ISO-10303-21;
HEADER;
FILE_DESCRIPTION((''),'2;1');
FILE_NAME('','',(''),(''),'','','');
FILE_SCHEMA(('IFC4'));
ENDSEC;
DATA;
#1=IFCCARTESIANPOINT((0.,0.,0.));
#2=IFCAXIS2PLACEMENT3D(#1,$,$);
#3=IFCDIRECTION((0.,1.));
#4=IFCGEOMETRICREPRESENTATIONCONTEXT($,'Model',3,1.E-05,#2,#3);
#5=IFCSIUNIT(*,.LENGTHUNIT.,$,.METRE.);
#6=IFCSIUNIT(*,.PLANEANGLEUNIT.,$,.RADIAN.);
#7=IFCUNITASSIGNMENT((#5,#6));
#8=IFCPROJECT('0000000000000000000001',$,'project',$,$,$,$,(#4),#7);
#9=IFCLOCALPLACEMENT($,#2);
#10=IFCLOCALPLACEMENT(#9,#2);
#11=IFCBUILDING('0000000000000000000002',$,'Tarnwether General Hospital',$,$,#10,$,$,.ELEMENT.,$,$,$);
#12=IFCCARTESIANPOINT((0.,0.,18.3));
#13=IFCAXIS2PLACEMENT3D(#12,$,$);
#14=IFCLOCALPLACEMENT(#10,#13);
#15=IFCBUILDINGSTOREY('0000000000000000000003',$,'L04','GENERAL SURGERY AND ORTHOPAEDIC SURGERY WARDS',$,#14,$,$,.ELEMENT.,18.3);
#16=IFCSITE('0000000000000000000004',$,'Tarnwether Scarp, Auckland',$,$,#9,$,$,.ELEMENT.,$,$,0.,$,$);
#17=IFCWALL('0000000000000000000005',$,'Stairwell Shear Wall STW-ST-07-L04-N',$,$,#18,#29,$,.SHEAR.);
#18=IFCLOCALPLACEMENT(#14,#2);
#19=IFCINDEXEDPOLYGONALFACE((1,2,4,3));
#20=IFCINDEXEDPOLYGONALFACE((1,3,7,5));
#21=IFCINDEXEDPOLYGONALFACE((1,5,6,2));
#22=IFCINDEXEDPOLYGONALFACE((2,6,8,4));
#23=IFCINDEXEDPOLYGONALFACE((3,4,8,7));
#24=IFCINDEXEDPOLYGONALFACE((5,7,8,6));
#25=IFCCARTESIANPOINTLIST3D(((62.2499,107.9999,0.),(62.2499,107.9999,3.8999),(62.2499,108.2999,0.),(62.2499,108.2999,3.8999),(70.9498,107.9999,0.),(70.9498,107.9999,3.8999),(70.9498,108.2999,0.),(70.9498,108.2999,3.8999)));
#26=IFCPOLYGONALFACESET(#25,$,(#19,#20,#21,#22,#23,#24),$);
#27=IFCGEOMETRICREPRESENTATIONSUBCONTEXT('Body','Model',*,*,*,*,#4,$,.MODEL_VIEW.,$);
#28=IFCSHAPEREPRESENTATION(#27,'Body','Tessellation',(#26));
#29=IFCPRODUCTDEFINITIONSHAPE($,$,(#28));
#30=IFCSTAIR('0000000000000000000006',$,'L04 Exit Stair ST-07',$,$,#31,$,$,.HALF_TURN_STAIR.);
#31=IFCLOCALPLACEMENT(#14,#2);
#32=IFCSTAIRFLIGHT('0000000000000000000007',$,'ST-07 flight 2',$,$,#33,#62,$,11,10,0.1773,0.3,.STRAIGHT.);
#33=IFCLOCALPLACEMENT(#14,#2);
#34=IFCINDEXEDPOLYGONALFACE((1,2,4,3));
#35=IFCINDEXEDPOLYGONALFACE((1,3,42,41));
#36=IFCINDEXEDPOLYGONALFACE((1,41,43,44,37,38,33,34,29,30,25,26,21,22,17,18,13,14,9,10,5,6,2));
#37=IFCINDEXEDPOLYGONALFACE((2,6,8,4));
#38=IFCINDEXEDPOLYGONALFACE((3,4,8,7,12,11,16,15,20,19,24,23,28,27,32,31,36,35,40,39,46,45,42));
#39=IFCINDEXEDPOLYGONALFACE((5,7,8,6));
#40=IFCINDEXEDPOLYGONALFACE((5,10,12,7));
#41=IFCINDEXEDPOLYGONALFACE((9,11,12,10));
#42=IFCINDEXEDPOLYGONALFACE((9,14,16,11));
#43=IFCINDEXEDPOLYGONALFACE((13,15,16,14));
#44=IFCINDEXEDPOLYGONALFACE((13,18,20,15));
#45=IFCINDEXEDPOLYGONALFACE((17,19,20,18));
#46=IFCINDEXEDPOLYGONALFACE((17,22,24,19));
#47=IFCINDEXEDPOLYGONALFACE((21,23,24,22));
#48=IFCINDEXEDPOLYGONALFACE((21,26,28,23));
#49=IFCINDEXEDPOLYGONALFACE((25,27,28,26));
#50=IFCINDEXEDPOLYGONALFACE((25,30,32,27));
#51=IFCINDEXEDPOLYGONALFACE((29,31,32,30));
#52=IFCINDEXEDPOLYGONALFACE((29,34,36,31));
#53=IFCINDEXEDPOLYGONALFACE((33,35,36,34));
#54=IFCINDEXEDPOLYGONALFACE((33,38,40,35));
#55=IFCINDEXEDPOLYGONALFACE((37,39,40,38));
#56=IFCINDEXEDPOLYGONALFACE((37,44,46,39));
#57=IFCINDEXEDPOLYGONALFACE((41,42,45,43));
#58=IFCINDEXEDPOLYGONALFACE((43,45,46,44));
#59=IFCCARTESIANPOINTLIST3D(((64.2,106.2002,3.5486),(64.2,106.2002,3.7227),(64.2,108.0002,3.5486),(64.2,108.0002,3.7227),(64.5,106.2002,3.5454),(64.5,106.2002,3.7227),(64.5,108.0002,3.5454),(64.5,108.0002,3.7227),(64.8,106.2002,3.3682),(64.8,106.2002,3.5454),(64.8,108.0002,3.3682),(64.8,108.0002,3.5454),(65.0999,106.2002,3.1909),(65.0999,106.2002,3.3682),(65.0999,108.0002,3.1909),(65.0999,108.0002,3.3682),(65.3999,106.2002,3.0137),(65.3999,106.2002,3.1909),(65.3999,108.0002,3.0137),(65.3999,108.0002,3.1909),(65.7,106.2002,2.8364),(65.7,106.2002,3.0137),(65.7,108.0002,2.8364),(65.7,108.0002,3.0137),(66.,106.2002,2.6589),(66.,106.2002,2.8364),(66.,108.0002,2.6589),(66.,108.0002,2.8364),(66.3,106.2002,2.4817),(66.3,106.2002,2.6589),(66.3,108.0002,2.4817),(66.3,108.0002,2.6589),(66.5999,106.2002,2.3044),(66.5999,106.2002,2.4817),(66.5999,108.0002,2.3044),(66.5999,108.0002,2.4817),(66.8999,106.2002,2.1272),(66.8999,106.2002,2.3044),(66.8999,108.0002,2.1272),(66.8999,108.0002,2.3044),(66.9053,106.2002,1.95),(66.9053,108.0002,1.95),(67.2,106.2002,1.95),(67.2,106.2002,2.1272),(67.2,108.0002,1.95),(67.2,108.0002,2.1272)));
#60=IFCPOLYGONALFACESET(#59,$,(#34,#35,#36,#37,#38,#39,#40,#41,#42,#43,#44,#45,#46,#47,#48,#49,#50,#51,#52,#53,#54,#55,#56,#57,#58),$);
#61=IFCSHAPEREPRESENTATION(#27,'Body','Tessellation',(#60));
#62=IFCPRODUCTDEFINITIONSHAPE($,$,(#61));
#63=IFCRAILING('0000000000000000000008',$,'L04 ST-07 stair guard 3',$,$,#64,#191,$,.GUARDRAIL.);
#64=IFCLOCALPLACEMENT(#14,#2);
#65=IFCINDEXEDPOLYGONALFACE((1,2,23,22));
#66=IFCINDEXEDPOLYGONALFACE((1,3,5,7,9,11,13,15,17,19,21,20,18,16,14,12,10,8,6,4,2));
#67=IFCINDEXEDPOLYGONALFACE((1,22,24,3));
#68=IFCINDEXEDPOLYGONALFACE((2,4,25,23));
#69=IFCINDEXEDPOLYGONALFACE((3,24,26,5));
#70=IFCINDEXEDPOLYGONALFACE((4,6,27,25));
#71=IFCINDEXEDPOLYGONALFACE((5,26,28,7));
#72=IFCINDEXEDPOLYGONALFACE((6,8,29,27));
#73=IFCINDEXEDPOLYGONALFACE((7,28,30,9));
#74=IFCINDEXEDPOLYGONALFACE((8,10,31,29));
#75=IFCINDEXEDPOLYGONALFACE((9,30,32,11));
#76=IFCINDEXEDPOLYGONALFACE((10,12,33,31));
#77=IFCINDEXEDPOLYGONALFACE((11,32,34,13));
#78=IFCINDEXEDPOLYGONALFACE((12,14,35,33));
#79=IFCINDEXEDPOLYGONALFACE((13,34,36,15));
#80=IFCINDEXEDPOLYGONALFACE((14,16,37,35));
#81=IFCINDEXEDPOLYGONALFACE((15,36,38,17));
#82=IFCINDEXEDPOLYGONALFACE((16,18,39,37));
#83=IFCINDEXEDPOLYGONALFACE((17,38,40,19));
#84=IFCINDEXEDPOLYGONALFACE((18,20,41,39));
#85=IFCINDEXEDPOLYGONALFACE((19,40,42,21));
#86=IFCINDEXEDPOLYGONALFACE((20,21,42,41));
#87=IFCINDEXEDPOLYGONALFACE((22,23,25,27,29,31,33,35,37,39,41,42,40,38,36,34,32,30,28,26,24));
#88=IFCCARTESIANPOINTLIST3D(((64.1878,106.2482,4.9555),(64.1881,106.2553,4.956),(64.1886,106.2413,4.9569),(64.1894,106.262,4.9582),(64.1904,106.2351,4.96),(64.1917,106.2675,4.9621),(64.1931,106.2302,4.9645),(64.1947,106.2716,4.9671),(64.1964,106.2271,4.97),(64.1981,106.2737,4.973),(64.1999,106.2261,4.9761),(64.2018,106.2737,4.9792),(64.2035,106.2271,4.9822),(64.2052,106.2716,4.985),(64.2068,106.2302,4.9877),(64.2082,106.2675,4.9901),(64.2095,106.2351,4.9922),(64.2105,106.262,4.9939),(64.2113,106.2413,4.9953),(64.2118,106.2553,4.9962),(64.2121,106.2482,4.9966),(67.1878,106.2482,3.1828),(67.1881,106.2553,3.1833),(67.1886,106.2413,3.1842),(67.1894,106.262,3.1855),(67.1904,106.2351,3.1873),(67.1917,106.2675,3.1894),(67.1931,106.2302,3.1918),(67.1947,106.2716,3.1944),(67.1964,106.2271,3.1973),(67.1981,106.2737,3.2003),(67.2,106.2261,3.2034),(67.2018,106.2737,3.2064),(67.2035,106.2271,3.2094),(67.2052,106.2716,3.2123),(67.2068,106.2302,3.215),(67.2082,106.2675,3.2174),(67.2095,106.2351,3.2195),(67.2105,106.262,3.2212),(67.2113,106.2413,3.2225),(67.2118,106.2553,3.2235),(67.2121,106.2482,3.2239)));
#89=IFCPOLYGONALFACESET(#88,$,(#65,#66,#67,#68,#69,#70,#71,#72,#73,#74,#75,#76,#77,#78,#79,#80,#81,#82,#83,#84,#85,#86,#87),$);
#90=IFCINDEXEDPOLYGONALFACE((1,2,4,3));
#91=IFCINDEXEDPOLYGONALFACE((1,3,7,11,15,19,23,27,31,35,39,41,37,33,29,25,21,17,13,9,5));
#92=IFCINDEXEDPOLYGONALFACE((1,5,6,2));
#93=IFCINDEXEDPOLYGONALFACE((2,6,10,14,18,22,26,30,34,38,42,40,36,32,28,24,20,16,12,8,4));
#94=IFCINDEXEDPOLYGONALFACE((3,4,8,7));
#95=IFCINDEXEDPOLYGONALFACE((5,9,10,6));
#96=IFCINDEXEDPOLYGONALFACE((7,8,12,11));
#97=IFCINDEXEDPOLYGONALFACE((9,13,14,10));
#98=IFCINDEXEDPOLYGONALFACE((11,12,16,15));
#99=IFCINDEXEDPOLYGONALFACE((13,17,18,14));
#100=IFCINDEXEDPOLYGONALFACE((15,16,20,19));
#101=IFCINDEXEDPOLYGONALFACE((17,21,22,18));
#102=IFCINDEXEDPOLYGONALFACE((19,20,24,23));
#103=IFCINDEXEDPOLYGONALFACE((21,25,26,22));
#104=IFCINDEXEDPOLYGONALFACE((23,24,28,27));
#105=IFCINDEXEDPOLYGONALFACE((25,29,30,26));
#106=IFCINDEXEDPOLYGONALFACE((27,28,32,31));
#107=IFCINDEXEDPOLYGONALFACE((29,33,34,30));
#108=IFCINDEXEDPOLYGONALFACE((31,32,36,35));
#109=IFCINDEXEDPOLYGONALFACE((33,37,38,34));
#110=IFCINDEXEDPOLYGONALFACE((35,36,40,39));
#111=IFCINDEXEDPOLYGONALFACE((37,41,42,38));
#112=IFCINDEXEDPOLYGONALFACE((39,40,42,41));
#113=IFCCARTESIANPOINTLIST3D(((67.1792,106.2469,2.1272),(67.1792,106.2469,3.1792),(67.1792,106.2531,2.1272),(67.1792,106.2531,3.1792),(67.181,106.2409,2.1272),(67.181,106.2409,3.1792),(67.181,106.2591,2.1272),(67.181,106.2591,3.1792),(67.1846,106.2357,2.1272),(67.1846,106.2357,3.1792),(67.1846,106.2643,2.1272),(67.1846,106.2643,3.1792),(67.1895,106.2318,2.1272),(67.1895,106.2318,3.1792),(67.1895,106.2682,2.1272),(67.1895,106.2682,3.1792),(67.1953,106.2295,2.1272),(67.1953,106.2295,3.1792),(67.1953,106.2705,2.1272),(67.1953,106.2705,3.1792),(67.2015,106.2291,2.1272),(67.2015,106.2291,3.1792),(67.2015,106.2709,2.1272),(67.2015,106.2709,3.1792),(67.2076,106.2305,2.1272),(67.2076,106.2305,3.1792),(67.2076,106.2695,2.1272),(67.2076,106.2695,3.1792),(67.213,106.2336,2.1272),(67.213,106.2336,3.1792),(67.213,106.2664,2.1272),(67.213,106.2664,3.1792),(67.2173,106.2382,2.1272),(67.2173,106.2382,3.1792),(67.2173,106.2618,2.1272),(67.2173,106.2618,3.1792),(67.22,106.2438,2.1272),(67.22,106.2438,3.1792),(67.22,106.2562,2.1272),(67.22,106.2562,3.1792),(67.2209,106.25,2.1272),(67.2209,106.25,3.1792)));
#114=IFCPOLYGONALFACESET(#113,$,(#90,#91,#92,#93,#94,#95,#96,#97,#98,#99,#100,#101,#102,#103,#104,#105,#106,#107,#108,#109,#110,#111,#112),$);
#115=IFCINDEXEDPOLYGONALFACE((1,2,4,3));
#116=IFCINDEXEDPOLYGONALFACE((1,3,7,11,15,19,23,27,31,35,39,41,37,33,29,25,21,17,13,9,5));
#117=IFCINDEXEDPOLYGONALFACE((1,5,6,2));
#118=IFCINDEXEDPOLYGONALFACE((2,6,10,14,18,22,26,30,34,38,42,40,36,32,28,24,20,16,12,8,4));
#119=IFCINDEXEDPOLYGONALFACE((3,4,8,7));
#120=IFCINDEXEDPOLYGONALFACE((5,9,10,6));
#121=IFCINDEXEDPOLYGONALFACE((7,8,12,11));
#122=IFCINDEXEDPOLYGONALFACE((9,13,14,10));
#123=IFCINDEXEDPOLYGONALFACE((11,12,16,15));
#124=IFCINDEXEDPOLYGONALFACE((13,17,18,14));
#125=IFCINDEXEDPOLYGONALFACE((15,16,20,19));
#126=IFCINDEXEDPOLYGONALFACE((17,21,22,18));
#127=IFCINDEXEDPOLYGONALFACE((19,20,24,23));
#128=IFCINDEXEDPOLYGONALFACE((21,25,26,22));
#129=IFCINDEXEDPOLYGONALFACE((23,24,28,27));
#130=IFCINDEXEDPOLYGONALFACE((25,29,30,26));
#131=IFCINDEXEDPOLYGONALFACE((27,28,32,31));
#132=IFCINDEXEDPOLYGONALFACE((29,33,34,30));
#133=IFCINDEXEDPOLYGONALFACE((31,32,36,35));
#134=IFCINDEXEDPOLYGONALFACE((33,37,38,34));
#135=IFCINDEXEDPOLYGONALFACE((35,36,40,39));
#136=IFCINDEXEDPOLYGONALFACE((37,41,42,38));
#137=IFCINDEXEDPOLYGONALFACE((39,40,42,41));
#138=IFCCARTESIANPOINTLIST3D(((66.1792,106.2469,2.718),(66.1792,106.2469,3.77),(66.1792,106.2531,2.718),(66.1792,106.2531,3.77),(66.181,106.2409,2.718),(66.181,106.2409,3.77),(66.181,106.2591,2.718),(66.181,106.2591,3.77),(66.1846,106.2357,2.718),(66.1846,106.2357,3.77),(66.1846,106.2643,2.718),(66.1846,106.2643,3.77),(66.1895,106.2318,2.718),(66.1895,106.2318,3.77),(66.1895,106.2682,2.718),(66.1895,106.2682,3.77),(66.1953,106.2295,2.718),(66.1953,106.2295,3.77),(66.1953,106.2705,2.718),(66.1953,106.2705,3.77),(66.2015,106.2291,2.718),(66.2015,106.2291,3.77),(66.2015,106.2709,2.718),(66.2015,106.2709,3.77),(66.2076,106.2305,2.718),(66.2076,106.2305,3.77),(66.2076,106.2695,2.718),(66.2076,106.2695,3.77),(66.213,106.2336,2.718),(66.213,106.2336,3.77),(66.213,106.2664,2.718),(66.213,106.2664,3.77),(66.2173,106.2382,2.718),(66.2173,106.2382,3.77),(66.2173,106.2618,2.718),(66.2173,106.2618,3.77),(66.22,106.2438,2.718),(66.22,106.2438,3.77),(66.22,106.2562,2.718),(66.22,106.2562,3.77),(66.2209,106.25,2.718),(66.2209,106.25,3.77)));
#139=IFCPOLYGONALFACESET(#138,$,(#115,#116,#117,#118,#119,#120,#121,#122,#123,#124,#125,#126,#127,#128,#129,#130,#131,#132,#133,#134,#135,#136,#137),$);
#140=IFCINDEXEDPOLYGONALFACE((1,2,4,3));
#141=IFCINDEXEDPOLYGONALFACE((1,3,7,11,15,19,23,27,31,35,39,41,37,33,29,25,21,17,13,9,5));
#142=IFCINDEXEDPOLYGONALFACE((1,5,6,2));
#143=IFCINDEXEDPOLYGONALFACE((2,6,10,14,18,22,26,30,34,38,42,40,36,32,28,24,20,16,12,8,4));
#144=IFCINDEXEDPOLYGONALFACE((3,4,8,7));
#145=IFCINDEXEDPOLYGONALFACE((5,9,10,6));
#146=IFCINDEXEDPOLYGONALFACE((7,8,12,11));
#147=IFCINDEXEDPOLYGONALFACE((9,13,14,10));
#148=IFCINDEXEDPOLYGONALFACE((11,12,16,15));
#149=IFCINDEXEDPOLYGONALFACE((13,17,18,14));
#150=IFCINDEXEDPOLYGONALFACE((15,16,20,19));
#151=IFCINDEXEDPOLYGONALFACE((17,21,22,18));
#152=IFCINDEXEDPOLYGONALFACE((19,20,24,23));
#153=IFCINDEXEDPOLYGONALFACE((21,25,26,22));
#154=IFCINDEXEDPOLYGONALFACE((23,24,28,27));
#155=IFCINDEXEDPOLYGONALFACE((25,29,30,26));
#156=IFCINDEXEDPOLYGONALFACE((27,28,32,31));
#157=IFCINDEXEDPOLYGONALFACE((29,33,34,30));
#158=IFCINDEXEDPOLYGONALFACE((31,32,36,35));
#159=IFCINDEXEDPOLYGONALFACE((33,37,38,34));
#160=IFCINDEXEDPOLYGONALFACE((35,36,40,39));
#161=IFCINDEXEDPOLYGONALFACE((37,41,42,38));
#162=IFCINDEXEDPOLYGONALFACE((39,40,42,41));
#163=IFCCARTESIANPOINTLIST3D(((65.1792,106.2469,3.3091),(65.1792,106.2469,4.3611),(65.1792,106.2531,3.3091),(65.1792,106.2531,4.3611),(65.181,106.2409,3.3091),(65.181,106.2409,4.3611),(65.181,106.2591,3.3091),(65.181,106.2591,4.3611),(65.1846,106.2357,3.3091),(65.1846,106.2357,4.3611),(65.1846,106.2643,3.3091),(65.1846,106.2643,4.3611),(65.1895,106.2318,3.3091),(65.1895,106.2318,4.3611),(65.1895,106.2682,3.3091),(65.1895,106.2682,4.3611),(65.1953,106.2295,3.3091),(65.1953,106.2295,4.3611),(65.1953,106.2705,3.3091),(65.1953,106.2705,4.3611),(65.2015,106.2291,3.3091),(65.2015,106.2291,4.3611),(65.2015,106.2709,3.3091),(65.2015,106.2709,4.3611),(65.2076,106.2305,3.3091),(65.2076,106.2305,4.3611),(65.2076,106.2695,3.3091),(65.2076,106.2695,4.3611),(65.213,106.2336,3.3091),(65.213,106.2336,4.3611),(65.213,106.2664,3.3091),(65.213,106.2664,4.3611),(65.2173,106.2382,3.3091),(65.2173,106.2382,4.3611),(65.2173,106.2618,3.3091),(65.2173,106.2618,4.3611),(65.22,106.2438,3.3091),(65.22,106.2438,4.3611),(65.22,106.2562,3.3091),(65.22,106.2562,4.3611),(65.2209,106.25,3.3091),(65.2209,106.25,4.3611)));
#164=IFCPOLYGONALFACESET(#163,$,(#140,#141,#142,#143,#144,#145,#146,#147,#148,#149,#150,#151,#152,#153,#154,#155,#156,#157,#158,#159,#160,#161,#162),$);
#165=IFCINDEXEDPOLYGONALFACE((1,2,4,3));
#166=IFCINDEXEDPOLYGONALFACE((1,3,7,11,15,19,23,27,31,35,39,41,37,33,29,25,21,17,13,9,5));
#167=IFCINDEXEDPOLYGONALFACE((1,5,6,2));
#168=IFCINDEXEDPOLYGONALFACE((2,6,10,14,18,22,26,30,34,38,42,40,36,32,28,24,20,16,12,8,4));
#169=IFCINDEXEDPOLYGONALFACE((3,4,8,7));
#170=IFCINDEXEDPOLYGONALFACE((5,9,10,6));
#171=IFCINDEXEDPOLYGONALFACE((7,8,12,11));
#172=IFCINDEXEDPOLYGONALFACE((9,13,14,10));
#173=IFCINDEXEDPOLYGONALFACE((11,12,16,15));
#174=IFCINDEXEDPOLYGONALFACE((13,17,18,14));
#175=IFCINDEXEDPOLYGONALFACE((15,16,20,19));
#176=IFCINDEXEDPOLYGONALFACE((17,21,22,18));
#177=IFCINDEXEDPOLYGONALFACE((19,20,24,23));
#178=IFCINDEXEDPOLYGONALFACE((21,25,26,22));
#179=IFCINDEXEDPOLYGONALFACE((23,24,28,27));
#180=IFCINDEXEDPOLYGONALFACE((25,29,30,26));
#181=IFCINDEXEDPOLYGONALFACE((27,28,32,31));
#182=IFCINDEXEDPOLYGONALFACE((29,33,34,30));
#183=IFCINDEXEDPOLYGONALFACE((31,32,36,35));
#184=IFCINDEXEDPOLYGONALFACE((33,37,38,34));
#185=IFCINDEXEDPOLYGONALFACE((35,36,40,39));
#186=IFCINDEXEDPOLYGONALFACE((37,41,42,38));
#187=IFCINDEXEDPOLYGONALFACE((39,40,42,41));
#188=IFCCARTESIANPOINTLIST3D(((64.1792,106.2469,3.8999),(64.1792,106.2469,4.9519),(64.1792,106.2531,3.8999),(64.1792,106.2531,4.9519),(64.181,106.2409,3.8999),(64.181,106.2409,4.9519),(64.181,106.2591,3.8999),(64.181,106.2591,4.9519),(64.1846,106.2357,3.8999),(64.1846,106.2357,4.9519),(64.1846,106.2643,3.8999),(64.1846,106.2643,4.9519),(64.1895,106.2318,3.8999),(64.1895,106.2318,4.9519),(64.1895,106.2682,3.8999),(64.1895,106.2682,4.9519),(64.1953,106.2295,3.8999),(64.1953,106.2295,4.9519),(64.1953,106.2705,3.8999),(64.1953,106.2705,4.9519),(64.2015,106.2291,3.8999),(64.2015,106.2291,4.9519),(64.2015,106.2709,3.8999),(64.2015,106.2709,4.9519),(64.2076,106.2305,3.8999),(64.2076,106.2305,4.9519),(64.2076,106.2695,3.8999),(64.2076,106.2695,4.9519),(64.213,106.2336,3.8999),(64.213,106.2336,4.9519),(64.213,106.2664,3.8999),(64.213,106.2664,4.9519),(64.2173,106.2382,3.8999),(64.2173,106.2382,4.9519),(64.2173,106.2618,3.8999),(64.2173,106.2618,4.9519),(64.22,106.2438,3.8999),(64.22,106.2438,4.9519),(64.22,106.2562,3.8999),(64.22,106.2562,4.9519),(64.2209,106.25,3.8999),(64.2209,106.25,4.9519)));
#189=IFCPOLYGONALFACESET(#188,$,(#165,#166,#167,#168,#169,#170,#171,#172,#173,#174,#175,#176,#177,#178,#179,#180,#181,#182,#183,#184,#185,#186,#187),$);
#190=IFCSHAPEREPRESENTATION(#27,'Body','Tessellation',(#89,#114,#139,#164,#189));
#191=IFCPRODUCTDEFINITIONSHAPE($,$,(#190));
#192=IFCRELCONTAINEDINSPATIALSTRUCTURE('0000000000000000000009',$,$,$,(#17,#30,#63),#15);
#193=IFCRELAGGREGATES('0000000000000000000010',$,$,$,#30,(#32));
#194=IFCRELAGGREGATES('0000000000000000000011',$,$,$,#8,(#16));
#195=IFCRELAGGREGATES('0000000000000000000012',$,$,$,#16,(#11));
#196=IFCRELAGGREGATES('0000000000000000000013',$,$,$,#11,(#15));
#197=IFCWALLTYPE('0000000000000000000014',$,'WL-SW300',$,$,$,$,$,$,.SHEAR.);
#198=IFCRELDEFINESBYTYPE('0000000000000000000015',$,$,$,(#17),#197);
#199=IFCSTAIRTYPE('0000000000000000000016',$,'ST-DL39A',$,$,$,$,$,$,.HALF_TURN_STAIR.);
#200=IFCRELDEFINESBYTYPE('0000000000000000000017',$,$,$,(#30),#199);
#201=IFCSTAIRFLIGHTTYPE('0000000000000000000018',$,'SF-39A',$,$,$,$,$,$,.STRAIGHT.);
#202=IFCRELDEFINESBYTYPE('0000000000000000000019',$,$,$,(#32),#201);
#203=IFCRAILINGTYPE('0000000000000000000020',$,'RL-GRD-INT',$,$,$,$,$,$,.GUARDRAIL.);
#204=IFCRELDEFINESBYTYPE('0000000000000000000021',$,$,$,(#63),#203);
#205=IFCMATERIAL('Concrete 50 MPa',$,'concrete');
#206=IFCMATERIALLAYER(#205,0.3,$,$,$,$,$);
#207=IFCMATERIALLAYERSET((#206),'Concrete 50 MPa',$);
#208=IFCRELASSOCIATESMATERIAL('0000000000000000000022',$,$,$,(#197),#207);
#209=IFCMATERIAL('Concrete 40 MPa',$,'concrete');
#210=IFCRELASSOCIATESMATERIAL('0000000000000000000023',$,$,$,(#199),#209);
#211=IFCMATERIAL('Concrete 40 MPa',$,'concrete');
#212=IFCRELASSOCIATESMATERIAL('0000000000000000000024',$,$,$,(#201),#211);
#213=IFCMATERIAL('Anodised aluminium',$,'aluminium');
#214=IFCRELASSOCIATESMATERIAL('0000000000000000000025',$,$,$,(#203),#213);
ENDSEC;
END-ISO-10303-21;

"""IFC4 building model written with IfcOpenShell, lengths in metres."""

from ifc_helpers import new_model, si_unit, direction, frame, frame_2d, origin, origin_2d, place, context, subcontext, project, spatial, polyline, rectangle, circle, outline, extrude, material, layer, layer_set, type_object, element, aggregate, save


model = new_model("IFC4")

# Units and contexts
model_context = context("Model", 3, precision=1e-05, world=origin(), true_north=direction((0.0, 1.0)))
body_context = subcontext(model_context, "Body", "Model", "MODEL_VIEW")
ifc_project = project(units=[si_unit("LENGTHUNIT", "METRE"), si_unit("PLANEANGLEUNIT", "RADIAN")], contexts=[model_context])

# Site, building, storey
site_placement = place(None, origin())
site = spatial("IfcSite", under=ifc_project, at=site_placement, Name="Tarnwether Scarp, Auckland", CompositionType="ELEMENT", RefElevation=0.0)
building_placement = place(site_placement, origin())
building = spatial("IfcBuilding", under=site, at=building_placement, Name="Tarnwether General Hospital", CompositionType="ELEMENT")
storey_placement = place(building_placement, frame((0.0, 0.0, 18.3)))
storey = spatial("IfcBuildingStorey", under=building, at=storey_placement, Name="L04", Description="GENERAL SURGERY AND ORTHOPAEDIC SURGERY WARDS", CompositionType="ELEMENT", Elevation=18.3)

# Wall
ifc_material_1 = material(Name="Concrete 50 MPa", Category="concrete")
ifc_layer_1 = layer(ifc_material_1, 0.3)
ifc_layer_set_1 = layer_set([ifc_layer_1], Name="Concrete 50 MPa")
wall_type_1 = type_object("IfcWallType", Name="WL-SW300", PredefinedType="SHEAR", material=ifc_layer_set_1)
wall_1_placement = place(storey_placement, frame((70.95, 108.1499, 0.0), z_axis=(0.0, 0.0, 1.0), x_axis=(-1.0, 0.0, 0.0)))
element("IfcWall", 1, at=wall_1_placement, inside=storey, type_object=wall_type_1, Name="Stairwell Shear Wall STW-ST-07-L04-N", PredefinedType="SHEAR", context=body_context, shape_type="SweptSolid", body=[
    extrude(rectangle(XDim=8.7, YDim=0.3, at=frame_2d((4.3501, 0.0))), origin(), (0.0, 0.0, 1.0), 3.8999),
])

# Stair, stair flight
ifc_material_2 = material(Name="Concrete 40 MPa", Category="concrete")
stair_type = type_object("IfcStairType", Name="ST-DL39A", PredefinedType="HALF_TURN_STAIR", material=ifc_material_2)
stair_placement = place(storey_placement, origin())
stair = element("IfcStair", 2, at=stair_placement, inside=storey, type_object=stair_type, Name="L04 Exit Stair ST-07", PredefinedType="HALF_TURN_STAIR")
ifc_material_3 = material(Name="Concrete 40 MPa", Category="concrete")
stair_flight_type = type_object("IfcStairFlightType", Name="SF-39A", PredefinedType="STRAIGHT", material=ifc_material_3)
stair_flight_placement = place(storey_placement, frame((67.2, 107.1001, 1.95), z_axis=(0.0, 0.0, 1.0), x_axis=(-1.0, 0.0, 0.0)))
stair_flight = element("IfcStairFlight", 3, at=stair_flight_placement, type_object=stair_flight_type, Name="ST-07 flight 2", NumberOfRisers=11, NumberOfTreads=10, PredefinedType="STRAIGHT", RiserHeight=0.1773, TreadLength=0.3, context=body_context, shape_type="SweptSolid", body=[
    extrude(outline(polyline([(0.0, 0.0), (0.0, 0.1772), (0.3, 0.1772), (0.3, 0.3545), (0.6001, 0.3545), (0.6001, 0.5317), (0.8999, 0.5317), (0.8999, 0.709), (1.2, 0.709), (1.2, 0.8865), (1.5, 0.8865), (1.5, 1.0637), (1.8, 1.0637), (1.8, 1.241), (2.1001, 1.241), (2.1001, 1.4182), (2.3999, 1.4182), (2.3999, 1.5955), (2.7, 1.5955), (2.7, 1.7727), (3.0, 1.7727), (3.0, 1.95), (3.0, 1.5986), (0.2947, 0.0), (0.0, 0.0)])), frame((0.0, 0.8999, 0.0), z_axis=(0.0, -1.0, 0.0), x_axis=(1.0, 0.0, 0.0)), (0.0, 0.0, 1.0), 1.8),
])
aggregate(stair, [stair_flight])

# Railing
ifc_material_4 = material(Name="Anodised aluminium", Category="aluminium")
railing_type_1 = type_object("IfcRailingType", Name="RL-GRD-INT", PredefinedType="GUARDRAIL", material=ifc_material_4)
railing_1_placement = place(storey_placement, frame((67.2, 106.25, 2.1272)))
element("IfcRailing", 4, at=railing_1_placement, inside=storey, type_object=railing_type_1, Name="L04 ST-07 stair guard 3", PredefinedType="GUARDRAIL", context=body_context, shape_type="SweptSolid", body=[
    extrude(circle(Radius=0.0239, at=origin_2d()), frame((0.0, 0.0, 1.0762), z_axis=(-0.860929, 0.0, 0.508725), x_axis=(0.0, -1.0, 0.0)), (0.0, 0.0, 1.0), 3.4846),
    extrude(circle(Radius=0.021, at=origin_2d()), origin(), (0.0, 0.0, 1.0), 1.052),
    extrude(circle(Radius=0.021, at=origin_2d()), frame((-1.0, 0.0, 0.5908)), (0.0, 0.0, 1.0), 1.052),
    extrude(circle(Radius=0.021, at=origin_2d()), frame((-2.0, 0.0, 1.1819)), (0.0, 0.0, 1.0), 1.052),
    extrude(circle(Radius=0.021, at=origin_2d()), frame((-3.0, 0.0, 1.7727)), (0.0, 0.0, 1.0), 1.052),
])

save(model, "model.ifc")
